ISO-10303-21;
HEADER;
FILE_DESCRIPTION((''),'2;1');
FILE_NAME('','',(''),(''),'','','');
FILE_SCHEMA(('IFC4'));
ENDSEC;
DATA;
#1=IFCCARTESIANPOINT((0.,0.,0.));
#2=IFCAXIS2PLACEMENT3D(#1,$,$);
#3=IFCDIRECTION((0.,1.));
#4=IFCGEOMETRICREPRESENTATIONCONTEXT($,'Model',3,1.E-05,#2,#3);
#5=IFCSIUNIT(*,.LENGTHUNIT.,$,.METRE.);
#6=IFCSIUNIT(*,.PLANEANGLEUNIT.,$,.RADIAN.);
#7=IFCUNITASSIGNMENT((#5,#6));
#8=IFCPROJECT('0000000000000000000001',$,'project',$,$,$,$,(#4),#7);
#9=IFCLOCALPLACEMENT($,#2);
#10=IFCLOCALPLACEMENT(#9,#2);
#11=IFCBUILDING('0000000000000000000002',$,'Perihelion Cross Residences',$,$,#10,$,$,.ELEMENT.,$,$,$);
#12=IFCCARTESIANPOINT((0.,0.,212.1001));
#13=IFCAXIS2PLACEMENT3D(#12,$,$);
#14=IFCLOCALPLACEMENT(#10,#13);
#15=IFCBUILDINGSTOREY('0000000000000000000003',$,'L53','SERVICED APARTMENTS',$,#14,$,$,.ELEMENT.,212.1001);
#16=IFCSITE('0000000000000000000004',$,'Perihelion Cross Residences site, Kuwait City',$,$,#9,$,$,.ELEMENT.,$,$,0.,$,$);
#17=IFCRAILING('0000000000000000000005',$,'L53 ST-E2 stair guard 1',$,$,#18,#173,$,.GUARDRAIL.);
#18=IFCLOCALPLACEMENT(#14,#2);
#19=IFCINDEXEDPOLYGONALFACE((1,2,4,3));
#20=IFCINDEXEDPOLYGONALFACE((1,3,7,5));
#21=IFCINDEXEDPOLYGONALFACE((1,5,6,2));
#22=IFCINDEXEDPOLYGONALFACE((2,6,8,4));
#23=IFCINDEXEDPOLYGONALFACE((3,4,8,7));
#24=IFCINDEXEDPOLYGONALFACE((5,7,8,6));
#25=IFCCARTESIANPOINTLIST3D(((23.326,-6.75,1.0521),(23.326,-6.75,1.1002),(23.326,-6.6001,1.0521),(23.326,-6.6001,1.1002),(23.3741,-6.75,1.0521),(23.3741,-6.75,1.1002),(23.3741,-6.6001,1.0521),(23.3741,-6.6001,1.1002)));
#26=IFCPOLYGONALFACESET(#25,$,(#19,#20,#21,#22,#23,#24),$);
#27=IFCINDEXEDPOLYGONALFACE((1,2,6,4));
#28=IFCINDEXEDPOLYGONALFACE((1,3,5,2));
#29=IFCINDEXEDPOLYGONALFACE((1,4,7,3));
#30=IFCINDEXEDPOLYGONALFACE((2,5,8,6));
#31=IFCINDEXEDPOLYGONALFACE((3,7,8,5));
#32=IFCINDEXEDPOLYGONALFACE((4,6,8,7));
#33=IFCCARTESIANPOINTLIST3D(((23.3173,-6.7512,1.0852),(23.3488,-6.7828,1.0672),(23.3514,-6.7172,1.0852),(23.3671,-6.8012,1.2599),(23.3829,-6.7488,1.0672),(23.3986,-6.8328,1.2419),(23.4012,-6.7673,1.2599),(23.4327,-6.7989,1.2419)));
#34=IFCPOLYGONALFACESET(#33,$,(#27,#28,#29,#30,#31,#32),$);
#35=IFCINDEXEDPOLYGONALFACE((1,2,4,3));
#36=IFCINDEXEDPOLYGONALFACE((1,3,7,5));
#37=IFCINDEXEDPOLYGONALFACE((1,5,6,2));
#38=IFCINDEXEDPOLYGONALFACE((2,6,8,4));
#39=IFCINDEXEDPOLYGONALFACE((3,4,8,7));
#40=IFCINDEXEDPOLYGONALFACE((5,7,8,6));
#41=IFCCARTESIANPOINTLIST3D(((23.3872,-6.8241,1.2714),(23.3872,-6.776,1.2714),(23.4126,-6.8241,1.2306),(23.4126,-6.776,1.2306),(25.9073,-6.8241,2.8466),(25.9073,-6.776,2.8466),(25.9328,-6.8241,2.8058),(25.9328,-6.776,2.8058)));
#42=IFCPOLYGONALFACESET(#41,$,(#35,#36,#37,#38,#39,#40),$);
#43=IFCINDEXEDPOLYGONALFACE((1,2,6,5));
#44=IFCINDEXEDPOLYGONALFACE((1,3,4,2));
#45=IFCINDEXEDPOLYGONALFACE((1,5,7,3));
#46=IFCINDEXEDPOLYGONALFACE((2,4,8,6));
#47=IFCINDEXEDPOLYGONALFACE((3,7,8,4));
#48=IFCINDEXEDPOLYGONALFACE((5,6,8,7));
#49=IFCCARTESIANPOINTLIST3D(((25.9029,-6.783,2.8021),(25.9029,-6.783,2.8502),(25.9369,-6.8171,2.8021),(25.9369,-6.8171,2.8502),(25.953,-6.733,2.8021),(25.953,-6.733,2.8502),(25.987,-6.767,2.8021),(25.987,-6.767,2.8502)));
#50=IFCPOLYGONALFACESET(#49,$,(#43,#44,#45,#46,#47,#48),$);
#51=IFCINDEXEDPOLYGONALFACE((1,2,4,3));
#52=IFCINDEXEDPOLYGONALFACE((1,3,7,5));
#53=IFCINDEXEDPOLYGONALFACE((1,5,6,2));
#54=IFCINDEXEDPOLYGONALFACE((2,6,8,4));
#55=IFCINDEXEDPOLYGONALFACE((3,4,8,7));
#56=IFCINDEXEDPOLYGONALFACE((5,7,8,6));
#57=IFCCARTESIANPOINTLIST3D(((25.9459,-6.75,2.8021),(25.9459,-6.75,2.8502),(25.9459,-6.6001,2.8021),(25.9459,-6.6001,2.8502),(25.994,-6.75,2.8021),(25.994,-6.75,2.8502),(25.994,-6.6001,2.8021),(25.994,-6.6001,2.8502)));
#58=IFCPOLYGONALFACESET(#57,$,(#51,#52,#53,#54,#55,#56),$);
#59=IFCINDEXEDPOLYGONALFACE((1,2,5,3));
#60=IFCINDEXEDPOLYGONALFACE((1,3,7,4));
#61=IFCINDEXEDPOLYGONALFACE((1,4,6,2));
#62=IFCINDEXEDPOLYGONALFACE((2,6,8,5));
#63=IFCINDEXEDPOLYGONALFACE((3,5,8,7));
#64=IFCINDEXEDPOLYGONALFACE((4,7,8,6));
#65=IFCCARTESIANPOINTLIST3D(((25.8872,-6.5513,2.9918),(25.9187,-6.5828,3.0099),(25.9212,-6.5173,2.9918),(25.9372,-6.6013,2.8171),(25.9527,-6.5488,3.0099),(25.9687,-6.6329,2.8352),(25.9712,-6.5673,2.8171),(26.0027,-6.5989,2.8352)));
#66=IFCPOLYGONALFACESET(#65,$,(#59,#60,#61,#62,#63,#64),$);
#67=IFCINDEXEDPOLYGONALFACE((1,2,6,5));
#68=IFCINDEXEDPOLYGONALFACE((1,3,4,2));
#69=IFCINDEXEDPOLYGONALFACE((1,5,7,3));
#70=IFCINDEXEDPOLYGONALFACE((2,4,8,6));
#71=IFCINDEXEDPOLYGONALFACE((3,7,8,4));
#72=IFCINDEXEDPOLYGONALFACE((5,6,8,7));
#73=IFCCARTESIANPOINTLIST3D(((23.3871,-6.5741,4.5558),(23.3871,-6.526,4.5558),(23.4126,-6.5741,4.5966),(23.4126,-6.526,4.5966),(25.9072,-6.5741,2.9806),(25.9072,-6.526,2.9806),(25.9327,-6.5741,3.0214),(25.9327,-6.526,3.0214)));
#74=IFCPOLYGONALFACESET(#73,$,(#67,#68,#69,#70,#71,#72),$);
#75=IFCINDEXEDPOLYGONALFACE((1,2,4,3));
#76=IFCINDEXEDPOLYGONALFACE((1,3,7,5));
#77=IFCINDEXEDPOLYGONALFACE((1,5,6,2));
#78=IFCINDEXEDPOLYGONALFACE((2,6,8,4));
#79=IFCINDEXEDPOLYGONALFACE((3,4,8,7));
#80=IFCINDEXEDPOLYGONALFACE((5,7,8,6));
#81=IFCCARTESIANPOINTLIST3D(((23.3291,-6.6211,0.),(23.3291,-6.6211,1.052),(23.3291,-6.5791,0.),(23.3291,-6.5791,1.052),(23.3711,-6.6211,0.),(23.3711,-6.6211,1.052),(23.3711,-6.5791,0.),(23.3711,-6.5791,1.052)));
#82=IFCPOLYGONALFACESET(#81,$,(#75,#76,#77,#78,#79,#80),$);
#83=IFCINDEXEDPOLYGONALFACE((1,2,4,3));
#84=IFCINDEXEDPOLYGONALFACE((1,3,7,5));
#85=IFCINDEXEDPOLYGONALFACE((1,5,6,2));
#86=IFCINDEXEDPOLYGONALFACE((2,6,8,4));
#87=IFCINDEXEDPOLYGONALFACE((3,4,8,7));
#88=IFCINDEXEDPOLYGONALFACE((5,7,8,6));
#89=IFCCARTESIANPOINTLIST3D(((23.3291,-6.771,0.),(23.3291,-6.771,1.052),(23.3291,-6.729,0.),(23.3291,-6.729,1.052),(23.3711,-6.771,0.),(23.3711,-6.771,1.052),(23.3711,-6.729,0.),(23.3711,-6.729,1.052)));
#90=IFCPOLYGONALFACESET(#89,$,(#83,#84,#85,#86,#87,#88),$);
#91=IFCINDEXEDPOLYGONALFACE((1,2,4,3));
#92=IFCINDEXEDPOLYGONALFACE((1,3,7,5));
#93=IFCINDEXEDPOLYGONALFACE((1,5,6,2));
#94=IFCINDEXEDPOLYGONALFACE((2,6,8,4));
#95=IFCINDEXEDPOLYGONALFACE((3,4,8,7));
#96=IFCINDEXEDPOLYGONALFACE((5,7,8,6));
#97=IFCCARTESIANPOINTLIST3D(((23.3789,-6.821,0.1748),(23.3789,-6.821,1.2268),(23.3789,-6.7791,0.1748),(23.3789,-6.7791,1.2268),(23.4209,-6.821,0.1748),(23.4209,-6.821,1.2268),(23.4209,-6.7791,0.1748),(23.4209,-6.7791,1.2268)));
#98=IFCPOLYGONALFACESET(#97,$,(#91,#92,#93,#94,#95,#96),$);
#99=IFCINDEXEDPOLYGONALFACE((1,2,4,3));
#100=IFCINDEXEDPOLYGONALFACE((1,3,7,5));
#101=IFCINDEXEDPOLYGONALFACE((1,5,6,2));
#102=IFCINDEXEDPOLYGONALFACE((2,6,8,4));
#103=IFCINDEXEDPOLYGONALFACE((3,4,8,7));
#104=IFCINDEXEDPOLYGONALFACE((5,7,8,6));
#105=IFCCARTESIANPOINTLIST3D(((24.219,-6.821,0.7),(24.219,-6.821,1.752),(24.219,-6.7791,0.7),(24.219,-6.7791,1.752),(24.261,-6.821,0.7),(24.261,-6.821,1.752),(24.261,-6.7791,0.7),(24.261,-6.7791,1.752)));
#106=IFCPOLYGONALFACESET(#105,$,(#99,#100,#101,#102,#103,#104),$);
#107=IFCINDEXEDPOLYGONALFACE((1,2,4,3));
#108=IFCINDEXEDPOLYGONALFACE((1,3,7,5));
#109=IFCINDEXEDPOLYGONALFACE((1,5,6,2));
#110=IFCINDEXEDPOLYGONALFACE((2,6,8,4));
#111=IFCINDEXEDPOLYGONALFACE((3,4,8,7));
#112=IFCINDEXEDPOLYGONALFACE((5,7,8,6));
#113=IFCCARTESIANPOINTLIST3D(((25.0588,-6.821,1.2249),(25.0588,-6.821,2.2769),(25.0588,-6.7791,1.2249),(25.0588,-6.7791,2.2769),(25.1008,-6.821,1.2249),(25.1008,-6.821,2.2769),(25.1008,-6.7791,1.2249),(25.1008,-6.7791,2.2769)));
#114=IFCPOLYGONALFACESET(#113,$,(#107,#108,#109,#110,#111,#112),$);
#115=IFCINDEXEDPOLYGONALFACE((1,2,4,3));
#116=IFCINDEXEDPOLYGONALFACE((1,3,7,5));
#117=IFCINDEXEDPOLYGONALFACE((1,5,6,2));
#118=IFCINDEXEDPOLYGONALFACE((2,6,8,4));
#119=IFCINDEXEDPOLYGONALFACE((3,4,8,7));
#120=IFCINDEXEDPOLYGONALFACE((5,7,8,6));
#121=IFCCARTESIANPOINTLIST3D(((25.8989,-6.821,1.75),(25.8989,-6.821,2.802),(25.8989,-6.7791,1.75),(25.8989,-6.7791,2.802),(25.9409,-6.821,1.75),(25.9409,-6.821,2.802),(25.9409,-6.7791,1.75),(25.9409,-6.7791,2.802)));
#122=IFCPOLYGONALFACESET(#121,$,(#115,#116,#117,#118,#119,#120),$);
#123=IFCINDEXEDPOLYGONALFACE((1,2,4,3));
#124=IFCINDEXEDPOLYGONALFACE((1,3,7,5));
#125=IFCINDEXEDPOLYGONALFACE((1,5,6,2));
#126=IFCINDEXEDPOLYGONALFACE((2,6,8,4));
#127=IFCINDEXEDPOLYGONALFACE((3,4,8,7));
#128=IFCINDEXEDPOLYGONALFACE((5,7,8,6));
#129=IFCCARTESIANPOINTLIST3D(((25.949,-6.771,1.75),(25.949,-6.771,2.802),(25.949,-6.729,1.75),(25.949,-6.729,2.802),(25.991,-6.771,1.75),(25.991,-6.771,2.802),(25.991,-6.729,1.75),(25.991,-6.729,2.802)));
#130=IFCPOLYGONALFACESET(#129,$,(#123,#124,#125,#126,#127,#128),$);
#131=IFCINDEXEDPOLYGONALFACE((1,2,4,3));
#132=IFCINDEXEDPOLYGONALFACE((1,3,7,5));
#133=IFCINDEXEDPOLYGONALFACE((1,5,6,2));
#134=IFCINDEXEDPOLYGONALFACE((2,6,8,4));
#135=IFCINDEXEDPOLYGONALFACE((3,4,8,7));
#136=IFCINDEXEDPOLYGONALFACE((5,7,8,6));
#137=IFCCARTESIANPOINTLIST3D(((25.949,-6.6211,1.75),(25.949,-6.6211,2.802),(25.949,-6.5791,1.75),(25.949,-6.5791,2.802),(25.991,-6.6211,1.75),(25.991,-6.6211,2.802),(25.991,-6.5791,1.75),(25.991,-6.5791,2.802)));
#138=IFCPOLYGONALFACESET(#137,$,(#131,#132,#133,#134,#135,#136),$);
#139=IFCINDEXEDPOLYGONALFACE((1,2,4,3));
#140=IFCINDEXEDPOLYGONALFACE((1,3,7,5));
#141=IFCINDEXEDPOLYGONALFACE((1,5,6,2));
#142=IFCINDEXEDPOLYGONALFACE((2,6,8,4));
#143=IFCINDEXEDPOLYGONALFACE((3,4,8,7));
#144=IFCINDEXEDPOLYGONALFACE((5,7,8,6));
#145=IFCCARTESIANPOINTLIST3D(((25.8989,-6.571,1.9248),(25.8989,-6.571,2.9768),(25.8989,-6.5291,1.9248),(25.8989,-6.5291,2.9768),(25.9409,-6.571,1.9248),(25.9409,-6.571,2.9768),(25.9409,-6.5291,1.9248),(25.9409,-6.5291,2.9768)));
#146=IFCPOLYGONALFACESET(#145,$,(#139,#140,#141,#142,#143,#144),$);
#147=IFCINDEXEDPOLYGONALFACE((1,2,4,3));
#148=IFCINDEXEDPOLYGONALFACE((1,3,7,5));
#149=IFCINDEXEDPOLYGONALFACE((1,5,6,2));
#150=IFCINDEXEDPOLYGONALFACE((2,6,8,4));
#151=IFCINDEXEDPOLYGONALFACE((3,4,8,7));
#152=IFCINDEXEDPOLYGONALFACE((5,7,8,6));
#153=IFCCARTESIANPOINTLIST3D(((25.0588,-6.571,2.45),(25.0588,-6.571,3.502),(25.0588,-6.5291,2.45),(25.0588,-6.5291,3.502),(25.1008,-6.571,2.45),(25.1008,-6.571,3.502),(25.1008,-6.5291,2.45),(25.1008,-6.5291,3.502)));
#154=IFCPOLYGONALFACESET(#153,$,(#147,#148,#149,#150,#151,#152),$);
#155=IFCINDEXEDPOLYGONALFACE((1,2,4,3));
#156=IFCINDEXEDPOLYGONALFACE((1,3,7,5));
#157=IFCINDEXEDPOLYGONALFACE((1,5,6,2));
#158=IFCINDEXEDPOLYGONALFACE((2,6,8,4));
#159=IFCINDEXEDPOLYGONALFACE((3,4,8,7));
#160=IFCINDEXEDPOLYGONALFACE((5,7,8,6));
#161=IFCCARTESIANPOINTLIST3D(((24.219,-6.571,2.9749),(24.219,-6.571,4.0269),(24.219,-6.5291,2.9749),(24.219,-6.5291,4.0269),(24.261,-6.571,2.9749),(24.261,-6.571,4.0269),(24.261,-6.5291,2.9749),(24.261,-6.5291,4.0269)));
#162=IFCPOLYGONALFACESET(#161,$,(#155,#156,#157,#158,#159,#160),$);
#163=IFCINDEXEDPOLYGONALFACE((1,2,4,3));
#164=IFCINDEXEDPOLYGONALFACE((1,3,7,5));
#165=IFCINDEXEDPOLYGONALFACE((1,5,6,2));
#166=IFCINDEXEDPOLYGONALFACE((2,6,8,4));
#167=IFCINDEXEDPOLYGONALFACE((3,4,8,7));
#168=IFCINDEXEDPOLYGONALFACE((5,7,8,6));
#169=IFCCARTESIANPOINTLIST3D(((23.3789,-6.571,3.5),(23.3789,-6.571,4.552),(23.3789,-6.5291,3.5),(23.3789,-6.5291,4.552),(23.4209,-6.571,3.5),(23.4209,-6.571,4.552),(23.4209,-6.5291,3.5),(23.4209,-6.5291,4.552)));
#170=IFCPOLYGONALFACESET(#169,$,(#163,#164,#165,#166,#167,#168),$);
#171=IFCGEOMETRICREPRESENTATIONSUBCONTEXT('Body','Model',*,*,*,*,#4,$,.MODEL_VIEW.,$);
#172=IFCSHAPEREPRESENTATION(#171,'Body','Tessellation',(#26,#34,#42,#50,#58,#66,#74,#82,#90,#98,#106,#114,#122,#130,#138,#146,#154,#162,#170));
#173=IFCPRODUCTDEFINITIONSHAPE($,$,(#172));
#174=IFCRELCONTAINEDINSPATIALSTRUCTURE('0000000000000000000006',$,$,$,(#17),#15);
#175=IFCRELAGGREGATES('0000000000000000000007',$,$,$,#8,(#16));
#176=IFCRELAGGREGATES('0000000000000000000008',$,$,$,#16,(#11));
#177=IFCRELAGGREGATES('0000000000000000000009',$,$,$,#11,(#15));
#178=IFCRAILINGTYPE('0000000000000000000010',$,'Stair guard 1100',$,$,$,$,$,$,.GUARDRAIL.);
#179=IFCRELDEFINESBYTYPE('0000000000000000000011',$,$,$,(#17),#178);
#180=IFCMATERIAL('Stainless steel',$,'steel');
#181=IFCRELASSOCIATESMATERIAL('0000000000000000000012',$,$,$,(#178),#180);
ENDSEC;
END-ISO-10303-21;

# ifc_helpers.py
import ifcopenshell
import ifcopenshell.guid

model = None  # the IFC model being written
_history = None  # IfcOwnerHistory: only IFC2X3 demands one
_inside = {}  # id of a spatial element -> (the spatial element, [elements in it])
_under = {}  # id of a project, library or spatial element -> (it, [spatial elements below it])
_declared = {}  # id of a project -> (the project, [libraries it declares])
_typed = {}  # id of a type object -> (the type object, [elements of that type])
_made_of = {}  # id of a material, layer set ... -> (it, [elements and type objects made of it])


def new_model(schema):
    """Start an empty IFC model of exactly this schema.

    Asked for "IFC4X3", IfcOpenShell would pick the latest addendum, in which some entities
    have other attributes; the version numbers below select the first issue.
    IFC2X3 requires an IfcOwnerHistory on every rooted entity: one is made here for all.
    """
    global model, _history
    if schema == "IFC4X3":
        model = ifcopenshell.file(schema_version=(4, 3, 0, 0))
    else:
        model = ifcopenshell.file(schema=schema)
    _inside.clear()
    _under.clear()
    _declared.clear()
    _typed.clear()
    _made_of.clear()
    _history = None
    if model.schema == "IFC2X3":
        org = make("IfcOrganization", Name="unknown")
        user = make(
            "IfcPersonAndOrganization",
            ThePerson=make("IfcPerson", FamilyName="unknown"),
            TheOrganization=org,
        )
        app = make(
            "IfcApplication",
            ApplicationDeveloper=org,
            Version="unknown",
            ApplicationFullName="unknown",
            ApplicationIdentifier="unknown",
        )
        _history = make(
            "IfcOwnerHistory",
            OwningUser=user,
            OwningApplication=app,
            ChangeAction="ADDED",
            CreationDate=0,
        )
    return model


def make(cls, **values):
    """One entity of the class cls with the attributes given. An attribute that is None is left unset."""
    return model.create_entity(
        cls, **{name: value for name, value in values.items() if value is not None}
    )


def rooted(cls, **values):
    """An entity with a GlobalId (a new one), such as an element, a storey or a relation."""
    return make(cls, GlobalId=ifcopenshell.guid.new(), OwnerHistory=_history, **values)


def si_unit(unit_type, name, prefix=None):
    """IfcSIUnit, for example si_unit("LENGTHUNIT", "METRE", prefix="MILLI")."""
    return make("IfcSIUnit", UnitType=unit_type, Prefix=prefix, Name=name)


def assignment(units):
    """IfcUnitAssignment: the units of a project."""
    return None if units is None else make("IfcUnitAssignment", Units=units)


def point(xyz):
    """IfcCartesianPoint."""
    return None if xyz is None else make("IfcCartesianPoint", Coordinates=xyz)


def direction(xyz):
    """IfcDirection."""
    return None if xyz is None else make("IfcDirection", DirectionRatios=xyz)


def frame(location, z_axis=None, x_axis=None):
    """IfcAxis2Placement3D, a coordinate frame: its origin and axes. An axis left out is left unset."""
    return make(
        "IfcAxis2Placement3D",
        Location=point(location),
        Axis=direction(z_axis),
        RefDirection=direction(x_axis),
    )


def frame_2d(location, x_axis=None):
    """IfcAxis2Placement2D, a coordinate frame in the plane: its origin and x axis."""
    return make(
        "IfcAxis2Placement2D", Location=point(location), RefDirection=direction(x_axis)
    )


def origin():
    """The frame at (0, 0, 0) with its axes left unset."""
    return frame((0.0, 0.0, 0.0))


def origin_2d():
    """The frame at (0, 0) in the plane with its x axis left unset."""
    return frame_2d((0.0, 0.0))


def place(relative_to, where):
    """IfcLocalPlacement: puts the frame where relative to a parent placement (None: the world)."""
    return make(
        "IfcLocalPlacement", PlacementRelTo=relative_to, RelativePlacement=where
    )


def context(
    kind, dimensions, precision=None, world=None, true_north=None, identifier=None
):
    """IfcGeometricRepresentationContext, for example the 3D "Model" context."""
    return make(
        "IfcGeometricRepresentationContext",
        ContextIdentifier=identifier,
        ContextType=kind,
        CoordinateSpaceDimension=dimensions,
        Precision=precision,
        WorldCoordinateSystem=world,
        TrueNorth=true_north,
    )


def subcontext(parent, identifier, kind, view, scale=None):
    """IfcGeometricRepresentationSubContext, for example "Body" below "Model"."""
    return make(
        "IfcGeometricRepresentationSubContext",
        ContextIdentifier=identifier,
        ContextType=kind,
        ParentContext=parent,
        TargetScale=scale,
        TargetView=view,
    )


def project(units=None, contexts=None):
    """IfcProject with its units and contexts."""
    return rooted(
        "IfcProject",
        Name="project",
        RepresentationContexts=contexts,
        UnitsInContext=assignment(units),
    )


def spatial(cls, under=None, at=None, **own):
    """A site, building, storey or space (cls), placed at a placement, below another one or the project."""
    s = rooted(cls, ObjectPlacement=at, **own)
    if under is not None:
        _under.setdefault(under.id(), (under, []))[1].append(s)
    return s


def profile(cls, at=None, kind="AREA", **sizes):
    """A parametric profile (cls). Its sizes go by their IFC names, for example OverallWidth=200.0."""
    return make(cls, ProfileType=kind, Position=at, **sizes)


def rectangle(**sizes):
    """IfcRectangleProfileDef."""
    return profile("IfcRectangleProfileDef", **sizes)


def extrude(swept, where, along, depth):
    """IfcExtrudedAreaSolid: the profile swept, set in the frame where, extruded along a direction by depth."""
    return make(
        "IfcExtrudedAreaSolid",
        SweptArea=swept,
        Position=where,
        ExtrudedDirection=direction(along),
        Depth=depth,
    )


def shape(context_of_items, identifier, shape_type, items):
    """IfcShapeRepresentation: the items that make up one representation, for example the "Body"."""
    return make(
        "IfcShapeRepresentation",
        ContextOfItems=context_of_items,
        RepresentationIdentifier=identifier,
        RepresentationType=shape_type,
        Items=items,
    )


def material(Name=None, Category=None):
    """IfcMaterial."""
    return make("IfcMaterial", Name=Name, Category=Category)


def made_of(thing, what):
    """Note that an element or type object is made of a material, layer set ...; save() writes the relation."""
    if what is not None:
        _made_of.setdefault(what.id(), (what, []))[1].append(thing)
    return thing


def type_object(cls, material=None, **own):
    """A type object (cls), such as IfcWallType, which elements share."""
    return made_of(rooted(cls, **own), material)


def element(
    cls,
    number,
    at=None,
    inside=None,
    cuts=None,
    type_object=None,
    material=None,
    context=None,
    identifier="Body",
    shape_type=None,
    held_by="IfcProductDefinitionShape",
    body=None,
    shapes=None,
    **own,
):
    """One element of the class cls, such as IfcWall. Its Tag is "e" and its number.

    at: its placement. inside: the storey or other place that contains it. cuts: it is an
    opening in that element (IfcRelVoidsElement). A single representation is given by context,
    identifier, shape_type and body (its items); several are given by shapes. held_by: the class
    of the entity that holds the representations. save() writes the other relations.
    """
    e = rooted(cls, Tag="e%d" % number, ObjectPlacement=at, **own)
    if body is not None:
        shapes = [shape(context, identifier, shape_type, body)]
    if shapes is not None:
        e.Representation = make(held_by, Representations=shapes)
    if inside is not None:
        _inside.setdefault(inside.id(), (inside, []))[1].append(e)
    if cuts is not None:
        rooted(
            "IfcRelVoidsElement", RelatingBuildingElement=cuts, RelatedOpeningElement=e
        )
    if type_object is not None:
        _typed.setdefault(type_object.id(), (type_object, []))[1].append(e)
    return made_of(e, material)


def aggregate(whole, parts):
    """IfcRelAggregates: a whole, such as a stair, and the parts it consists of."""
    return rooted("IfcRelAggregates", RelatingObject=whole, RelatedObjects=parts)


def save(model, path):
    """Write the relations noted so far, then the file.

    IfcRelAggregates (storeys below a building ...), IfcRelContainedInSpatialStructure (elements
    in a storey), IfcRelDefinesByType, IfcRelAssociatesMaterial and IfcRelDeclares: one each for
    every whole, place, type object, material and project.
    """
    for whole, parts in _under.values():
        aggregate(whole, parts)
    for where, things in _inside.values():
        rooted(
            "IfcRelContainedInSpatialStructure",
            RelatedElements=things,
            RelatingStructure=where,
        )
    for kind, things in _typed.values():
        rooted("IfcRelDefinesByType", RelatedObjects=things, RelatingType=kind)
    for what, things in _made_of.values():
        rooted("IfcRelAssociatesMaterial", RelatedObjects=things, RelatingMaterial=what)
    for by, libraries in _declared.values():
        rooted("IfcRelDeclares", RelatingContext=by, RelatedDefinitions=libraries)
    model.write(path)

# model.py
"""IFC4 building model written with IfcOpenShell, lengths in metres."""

from ifc_helpers import new_model, si_unit, direction, frame, origin, origin_2d, place, context, subcontext, project, spatial, rectangle, extrude, material, type_object, element, save


model = new_model("IFC4")

# Units and contexts
model_context = context("Model", 3, precision=1e-05, world=origin(), true_north=direction((0.0, 1.0)))
body_context = subcontext(model_context, "Body", "Model", "MODEL_VIEW")
ifc_project = project(units=[si_unit("LENGTHUNIT", "METRE"), si_unit("PLANEANGLEUNIT", "RADIAN")], contexts=[model_context])

# Site, building, storey
site_placement = place(None, origin())
site = spatial("IfcSite", under=ifc_project, at=site_placement, Name="Perihelion Cross Residences site, Kuwait City", CompositionType="ELEMENT", RefElevation=0.0)
building_placement = place(site_placement, origin())
building = spatial("IfcBuilding", under=site, at=building_placement, Name="Perihelion Cross Residences", CompositionType="ELEMENT")
storey_placement = place(building_placement, frame((0.0, 0.0, 212.1001)))
storey = spatial("IfcBuildingStorey", under=building, at=storey_placement, Name="L53", Description="SERVICED APARTMENTS", CompositionType="ELEMENT", Elevation=212.1001)

# Railing
ifc_material_1 = material(Name="Stainless steel", Category="steel")
railing_type_1 = type_object("IfcRailingType", Name="Stair guard 1100", PredefinedType="GUARDRAIL", material=ifc_material_1)
railing_1_placement = place(storey_placement, frame((23.3501, -6.6001, 0.0)))
element("IfcRailing", 1, at=railing_1_placement, inside=storey, type_object=railing_type_1, Name="L53 ST-E2 stair guard 1", PredefinedType="GUARDRAIL", context=body_context, shape_type="SweptSolid", body=[
    extrude(rectangle(XDim=0.0481, YDim=0.0481, at=origin_2d()), frame((0.0, 0.0, 1.0762), z_axis=(0.0, -1.0, 0.0), x_axis=(1.0, 0.0, 0.0)), (0.0, 0.0, 1.0), 0.1499),
    extrude(rectangle(XDim=0.0481, YDim=0.0481, at=origin_2d()), frame((0.0, -0.1499, 1.0762), z_axis=(0.264179, -0.265474, 0.927218), x_axis=(0.708834, 0.705376, 0.0)), (0.0, 0.0, 1.0), 0.1885),
    extrude(rectangle(XDim=0.0481, YDim=0.0481, at=origin_2d()), frame((0.0498, -0.2, 1.251), z_axis=(0.847971, 0.0, 0.530043), x_axis=(0.0, 1.0, 0.0)), (0.0, 0.0, 1.0), 2.9719),
    extrude(rectangle(XDim=0.0481, YDim=0.0481, at=origin_2d()), frame((2.5698, -0.2, 2.8262), z_axis=(0.707107, 0.707107, 0.0), x_axis=(-0.707107, 0.707107, 0.0)), (0.0, 0.0, 1.0), 0.0708),
    extrude(rectangle(XDim=0.0481, YDim=0.0481, at=origin_2d()), frame((2.6199, -0.1499, 2.8262), z_axis=(0.0, 1.0, 0.0), x_axis=(-1.0, 0.0, 0.0)), (0.0, 0.0, 1.0), 0.1499),
    extrude(rectangle(XDim=0.0481, YDim=0.0481, at=origin_2d()), frame((2.6199, 0.0, 2.8262), z_axis=(-0.265383, 0.265383, 0.9269), x_axis=(-0.707107, -0.707107, 0.0)), (0.0, 0.0, 1.0), 0.1885),
    extrude(rectangle(XDim=0.0481, YDim=0.0481, at=origin_2d()), frame((2.5698, 0.05, 3.001), z_axis=(-0.847971, 0.0, 0.530043), x_axis=(0.0, -1.0, 0.0)), (0.0, 0.0, 1.0), 2.9719),
    extrude(rectangle(XDim=0.042, YDim=0.042, at=origin_2d()), origin(), (0.0, 0.0, 1.0), 1.052),
    extrude(rectangle(XDim=0.042, YDim=0.042, at=origin_2d()), frame((0.0, -0.1499, 0.0)), (0.0, 0.0, 1.0), 1.052),
    extrude(rectangle(XDim=0.042, YDim=0.042, at=origin_2d()), frame((0.0498, -0.2, 0.1748)), (0.0, 0.0, 1.0), 1.052),
    extrude(rectangle(XDim=0.042, YDim=0.042, at=origin_2d()), frame((0.8899, -0.2, 0.7)), (0.0, 0.0, 1.0), 1.052),
    extrude(rectangle(XDim=0.042, YDim=0.042, at=origin_2d()), frame((1.7297, -0.2, 1.2249)), (0.0, 0.0, 1.0), 1.052),
    extrude(rectangle(XDim=0.042, YDim=0.042, at=origin_2d()), frame((2.5698, -0.2, 1.75)), (0.0, 0.0, 1.0), 1.052),
    extrude(rectangle(XDim=0.042, YDim=0.042, at=origin_2d()), frame((2.6199, -0.1499, 1.75)), (0.0, 0.0, 1.0), 1.052),
    extrude(rectangle(XDim=0.042, YDim=0.042, at=origin_2d()), frame((2.6199, 0.0, 1.75)), (0.0, 0.0, 1.0), 1.052),
    extrude(rectangle(XDim=0.042, YDim=0.042, at=origin_2d()), frame((2.5698, 0.05, 1.9248)), (0.0, 0.0, 1.0), 1.052),
    extrude(rectangle(XDim=0.042, YDim=0.042, at=origin_2d()), frame((1.7297, 0.05, 2.45)), (0.0, 0.0, 1.0), 1.052),
    extrude(rectangle(XDim=0.042, YDim=0.042, at=origin_2d()), frame((0.8899, 0.05, 2.9749)), (0.0, 0.0, 1.0), 1.052),
    extrude(rectangle(XDim=0.042, YDim=0.042, at=origin_2d()), frame((0.0498, 0.05, 3.5)), (0.0, 0.0, 1.0), 1.052),
])

save(model, "model.ifc")
